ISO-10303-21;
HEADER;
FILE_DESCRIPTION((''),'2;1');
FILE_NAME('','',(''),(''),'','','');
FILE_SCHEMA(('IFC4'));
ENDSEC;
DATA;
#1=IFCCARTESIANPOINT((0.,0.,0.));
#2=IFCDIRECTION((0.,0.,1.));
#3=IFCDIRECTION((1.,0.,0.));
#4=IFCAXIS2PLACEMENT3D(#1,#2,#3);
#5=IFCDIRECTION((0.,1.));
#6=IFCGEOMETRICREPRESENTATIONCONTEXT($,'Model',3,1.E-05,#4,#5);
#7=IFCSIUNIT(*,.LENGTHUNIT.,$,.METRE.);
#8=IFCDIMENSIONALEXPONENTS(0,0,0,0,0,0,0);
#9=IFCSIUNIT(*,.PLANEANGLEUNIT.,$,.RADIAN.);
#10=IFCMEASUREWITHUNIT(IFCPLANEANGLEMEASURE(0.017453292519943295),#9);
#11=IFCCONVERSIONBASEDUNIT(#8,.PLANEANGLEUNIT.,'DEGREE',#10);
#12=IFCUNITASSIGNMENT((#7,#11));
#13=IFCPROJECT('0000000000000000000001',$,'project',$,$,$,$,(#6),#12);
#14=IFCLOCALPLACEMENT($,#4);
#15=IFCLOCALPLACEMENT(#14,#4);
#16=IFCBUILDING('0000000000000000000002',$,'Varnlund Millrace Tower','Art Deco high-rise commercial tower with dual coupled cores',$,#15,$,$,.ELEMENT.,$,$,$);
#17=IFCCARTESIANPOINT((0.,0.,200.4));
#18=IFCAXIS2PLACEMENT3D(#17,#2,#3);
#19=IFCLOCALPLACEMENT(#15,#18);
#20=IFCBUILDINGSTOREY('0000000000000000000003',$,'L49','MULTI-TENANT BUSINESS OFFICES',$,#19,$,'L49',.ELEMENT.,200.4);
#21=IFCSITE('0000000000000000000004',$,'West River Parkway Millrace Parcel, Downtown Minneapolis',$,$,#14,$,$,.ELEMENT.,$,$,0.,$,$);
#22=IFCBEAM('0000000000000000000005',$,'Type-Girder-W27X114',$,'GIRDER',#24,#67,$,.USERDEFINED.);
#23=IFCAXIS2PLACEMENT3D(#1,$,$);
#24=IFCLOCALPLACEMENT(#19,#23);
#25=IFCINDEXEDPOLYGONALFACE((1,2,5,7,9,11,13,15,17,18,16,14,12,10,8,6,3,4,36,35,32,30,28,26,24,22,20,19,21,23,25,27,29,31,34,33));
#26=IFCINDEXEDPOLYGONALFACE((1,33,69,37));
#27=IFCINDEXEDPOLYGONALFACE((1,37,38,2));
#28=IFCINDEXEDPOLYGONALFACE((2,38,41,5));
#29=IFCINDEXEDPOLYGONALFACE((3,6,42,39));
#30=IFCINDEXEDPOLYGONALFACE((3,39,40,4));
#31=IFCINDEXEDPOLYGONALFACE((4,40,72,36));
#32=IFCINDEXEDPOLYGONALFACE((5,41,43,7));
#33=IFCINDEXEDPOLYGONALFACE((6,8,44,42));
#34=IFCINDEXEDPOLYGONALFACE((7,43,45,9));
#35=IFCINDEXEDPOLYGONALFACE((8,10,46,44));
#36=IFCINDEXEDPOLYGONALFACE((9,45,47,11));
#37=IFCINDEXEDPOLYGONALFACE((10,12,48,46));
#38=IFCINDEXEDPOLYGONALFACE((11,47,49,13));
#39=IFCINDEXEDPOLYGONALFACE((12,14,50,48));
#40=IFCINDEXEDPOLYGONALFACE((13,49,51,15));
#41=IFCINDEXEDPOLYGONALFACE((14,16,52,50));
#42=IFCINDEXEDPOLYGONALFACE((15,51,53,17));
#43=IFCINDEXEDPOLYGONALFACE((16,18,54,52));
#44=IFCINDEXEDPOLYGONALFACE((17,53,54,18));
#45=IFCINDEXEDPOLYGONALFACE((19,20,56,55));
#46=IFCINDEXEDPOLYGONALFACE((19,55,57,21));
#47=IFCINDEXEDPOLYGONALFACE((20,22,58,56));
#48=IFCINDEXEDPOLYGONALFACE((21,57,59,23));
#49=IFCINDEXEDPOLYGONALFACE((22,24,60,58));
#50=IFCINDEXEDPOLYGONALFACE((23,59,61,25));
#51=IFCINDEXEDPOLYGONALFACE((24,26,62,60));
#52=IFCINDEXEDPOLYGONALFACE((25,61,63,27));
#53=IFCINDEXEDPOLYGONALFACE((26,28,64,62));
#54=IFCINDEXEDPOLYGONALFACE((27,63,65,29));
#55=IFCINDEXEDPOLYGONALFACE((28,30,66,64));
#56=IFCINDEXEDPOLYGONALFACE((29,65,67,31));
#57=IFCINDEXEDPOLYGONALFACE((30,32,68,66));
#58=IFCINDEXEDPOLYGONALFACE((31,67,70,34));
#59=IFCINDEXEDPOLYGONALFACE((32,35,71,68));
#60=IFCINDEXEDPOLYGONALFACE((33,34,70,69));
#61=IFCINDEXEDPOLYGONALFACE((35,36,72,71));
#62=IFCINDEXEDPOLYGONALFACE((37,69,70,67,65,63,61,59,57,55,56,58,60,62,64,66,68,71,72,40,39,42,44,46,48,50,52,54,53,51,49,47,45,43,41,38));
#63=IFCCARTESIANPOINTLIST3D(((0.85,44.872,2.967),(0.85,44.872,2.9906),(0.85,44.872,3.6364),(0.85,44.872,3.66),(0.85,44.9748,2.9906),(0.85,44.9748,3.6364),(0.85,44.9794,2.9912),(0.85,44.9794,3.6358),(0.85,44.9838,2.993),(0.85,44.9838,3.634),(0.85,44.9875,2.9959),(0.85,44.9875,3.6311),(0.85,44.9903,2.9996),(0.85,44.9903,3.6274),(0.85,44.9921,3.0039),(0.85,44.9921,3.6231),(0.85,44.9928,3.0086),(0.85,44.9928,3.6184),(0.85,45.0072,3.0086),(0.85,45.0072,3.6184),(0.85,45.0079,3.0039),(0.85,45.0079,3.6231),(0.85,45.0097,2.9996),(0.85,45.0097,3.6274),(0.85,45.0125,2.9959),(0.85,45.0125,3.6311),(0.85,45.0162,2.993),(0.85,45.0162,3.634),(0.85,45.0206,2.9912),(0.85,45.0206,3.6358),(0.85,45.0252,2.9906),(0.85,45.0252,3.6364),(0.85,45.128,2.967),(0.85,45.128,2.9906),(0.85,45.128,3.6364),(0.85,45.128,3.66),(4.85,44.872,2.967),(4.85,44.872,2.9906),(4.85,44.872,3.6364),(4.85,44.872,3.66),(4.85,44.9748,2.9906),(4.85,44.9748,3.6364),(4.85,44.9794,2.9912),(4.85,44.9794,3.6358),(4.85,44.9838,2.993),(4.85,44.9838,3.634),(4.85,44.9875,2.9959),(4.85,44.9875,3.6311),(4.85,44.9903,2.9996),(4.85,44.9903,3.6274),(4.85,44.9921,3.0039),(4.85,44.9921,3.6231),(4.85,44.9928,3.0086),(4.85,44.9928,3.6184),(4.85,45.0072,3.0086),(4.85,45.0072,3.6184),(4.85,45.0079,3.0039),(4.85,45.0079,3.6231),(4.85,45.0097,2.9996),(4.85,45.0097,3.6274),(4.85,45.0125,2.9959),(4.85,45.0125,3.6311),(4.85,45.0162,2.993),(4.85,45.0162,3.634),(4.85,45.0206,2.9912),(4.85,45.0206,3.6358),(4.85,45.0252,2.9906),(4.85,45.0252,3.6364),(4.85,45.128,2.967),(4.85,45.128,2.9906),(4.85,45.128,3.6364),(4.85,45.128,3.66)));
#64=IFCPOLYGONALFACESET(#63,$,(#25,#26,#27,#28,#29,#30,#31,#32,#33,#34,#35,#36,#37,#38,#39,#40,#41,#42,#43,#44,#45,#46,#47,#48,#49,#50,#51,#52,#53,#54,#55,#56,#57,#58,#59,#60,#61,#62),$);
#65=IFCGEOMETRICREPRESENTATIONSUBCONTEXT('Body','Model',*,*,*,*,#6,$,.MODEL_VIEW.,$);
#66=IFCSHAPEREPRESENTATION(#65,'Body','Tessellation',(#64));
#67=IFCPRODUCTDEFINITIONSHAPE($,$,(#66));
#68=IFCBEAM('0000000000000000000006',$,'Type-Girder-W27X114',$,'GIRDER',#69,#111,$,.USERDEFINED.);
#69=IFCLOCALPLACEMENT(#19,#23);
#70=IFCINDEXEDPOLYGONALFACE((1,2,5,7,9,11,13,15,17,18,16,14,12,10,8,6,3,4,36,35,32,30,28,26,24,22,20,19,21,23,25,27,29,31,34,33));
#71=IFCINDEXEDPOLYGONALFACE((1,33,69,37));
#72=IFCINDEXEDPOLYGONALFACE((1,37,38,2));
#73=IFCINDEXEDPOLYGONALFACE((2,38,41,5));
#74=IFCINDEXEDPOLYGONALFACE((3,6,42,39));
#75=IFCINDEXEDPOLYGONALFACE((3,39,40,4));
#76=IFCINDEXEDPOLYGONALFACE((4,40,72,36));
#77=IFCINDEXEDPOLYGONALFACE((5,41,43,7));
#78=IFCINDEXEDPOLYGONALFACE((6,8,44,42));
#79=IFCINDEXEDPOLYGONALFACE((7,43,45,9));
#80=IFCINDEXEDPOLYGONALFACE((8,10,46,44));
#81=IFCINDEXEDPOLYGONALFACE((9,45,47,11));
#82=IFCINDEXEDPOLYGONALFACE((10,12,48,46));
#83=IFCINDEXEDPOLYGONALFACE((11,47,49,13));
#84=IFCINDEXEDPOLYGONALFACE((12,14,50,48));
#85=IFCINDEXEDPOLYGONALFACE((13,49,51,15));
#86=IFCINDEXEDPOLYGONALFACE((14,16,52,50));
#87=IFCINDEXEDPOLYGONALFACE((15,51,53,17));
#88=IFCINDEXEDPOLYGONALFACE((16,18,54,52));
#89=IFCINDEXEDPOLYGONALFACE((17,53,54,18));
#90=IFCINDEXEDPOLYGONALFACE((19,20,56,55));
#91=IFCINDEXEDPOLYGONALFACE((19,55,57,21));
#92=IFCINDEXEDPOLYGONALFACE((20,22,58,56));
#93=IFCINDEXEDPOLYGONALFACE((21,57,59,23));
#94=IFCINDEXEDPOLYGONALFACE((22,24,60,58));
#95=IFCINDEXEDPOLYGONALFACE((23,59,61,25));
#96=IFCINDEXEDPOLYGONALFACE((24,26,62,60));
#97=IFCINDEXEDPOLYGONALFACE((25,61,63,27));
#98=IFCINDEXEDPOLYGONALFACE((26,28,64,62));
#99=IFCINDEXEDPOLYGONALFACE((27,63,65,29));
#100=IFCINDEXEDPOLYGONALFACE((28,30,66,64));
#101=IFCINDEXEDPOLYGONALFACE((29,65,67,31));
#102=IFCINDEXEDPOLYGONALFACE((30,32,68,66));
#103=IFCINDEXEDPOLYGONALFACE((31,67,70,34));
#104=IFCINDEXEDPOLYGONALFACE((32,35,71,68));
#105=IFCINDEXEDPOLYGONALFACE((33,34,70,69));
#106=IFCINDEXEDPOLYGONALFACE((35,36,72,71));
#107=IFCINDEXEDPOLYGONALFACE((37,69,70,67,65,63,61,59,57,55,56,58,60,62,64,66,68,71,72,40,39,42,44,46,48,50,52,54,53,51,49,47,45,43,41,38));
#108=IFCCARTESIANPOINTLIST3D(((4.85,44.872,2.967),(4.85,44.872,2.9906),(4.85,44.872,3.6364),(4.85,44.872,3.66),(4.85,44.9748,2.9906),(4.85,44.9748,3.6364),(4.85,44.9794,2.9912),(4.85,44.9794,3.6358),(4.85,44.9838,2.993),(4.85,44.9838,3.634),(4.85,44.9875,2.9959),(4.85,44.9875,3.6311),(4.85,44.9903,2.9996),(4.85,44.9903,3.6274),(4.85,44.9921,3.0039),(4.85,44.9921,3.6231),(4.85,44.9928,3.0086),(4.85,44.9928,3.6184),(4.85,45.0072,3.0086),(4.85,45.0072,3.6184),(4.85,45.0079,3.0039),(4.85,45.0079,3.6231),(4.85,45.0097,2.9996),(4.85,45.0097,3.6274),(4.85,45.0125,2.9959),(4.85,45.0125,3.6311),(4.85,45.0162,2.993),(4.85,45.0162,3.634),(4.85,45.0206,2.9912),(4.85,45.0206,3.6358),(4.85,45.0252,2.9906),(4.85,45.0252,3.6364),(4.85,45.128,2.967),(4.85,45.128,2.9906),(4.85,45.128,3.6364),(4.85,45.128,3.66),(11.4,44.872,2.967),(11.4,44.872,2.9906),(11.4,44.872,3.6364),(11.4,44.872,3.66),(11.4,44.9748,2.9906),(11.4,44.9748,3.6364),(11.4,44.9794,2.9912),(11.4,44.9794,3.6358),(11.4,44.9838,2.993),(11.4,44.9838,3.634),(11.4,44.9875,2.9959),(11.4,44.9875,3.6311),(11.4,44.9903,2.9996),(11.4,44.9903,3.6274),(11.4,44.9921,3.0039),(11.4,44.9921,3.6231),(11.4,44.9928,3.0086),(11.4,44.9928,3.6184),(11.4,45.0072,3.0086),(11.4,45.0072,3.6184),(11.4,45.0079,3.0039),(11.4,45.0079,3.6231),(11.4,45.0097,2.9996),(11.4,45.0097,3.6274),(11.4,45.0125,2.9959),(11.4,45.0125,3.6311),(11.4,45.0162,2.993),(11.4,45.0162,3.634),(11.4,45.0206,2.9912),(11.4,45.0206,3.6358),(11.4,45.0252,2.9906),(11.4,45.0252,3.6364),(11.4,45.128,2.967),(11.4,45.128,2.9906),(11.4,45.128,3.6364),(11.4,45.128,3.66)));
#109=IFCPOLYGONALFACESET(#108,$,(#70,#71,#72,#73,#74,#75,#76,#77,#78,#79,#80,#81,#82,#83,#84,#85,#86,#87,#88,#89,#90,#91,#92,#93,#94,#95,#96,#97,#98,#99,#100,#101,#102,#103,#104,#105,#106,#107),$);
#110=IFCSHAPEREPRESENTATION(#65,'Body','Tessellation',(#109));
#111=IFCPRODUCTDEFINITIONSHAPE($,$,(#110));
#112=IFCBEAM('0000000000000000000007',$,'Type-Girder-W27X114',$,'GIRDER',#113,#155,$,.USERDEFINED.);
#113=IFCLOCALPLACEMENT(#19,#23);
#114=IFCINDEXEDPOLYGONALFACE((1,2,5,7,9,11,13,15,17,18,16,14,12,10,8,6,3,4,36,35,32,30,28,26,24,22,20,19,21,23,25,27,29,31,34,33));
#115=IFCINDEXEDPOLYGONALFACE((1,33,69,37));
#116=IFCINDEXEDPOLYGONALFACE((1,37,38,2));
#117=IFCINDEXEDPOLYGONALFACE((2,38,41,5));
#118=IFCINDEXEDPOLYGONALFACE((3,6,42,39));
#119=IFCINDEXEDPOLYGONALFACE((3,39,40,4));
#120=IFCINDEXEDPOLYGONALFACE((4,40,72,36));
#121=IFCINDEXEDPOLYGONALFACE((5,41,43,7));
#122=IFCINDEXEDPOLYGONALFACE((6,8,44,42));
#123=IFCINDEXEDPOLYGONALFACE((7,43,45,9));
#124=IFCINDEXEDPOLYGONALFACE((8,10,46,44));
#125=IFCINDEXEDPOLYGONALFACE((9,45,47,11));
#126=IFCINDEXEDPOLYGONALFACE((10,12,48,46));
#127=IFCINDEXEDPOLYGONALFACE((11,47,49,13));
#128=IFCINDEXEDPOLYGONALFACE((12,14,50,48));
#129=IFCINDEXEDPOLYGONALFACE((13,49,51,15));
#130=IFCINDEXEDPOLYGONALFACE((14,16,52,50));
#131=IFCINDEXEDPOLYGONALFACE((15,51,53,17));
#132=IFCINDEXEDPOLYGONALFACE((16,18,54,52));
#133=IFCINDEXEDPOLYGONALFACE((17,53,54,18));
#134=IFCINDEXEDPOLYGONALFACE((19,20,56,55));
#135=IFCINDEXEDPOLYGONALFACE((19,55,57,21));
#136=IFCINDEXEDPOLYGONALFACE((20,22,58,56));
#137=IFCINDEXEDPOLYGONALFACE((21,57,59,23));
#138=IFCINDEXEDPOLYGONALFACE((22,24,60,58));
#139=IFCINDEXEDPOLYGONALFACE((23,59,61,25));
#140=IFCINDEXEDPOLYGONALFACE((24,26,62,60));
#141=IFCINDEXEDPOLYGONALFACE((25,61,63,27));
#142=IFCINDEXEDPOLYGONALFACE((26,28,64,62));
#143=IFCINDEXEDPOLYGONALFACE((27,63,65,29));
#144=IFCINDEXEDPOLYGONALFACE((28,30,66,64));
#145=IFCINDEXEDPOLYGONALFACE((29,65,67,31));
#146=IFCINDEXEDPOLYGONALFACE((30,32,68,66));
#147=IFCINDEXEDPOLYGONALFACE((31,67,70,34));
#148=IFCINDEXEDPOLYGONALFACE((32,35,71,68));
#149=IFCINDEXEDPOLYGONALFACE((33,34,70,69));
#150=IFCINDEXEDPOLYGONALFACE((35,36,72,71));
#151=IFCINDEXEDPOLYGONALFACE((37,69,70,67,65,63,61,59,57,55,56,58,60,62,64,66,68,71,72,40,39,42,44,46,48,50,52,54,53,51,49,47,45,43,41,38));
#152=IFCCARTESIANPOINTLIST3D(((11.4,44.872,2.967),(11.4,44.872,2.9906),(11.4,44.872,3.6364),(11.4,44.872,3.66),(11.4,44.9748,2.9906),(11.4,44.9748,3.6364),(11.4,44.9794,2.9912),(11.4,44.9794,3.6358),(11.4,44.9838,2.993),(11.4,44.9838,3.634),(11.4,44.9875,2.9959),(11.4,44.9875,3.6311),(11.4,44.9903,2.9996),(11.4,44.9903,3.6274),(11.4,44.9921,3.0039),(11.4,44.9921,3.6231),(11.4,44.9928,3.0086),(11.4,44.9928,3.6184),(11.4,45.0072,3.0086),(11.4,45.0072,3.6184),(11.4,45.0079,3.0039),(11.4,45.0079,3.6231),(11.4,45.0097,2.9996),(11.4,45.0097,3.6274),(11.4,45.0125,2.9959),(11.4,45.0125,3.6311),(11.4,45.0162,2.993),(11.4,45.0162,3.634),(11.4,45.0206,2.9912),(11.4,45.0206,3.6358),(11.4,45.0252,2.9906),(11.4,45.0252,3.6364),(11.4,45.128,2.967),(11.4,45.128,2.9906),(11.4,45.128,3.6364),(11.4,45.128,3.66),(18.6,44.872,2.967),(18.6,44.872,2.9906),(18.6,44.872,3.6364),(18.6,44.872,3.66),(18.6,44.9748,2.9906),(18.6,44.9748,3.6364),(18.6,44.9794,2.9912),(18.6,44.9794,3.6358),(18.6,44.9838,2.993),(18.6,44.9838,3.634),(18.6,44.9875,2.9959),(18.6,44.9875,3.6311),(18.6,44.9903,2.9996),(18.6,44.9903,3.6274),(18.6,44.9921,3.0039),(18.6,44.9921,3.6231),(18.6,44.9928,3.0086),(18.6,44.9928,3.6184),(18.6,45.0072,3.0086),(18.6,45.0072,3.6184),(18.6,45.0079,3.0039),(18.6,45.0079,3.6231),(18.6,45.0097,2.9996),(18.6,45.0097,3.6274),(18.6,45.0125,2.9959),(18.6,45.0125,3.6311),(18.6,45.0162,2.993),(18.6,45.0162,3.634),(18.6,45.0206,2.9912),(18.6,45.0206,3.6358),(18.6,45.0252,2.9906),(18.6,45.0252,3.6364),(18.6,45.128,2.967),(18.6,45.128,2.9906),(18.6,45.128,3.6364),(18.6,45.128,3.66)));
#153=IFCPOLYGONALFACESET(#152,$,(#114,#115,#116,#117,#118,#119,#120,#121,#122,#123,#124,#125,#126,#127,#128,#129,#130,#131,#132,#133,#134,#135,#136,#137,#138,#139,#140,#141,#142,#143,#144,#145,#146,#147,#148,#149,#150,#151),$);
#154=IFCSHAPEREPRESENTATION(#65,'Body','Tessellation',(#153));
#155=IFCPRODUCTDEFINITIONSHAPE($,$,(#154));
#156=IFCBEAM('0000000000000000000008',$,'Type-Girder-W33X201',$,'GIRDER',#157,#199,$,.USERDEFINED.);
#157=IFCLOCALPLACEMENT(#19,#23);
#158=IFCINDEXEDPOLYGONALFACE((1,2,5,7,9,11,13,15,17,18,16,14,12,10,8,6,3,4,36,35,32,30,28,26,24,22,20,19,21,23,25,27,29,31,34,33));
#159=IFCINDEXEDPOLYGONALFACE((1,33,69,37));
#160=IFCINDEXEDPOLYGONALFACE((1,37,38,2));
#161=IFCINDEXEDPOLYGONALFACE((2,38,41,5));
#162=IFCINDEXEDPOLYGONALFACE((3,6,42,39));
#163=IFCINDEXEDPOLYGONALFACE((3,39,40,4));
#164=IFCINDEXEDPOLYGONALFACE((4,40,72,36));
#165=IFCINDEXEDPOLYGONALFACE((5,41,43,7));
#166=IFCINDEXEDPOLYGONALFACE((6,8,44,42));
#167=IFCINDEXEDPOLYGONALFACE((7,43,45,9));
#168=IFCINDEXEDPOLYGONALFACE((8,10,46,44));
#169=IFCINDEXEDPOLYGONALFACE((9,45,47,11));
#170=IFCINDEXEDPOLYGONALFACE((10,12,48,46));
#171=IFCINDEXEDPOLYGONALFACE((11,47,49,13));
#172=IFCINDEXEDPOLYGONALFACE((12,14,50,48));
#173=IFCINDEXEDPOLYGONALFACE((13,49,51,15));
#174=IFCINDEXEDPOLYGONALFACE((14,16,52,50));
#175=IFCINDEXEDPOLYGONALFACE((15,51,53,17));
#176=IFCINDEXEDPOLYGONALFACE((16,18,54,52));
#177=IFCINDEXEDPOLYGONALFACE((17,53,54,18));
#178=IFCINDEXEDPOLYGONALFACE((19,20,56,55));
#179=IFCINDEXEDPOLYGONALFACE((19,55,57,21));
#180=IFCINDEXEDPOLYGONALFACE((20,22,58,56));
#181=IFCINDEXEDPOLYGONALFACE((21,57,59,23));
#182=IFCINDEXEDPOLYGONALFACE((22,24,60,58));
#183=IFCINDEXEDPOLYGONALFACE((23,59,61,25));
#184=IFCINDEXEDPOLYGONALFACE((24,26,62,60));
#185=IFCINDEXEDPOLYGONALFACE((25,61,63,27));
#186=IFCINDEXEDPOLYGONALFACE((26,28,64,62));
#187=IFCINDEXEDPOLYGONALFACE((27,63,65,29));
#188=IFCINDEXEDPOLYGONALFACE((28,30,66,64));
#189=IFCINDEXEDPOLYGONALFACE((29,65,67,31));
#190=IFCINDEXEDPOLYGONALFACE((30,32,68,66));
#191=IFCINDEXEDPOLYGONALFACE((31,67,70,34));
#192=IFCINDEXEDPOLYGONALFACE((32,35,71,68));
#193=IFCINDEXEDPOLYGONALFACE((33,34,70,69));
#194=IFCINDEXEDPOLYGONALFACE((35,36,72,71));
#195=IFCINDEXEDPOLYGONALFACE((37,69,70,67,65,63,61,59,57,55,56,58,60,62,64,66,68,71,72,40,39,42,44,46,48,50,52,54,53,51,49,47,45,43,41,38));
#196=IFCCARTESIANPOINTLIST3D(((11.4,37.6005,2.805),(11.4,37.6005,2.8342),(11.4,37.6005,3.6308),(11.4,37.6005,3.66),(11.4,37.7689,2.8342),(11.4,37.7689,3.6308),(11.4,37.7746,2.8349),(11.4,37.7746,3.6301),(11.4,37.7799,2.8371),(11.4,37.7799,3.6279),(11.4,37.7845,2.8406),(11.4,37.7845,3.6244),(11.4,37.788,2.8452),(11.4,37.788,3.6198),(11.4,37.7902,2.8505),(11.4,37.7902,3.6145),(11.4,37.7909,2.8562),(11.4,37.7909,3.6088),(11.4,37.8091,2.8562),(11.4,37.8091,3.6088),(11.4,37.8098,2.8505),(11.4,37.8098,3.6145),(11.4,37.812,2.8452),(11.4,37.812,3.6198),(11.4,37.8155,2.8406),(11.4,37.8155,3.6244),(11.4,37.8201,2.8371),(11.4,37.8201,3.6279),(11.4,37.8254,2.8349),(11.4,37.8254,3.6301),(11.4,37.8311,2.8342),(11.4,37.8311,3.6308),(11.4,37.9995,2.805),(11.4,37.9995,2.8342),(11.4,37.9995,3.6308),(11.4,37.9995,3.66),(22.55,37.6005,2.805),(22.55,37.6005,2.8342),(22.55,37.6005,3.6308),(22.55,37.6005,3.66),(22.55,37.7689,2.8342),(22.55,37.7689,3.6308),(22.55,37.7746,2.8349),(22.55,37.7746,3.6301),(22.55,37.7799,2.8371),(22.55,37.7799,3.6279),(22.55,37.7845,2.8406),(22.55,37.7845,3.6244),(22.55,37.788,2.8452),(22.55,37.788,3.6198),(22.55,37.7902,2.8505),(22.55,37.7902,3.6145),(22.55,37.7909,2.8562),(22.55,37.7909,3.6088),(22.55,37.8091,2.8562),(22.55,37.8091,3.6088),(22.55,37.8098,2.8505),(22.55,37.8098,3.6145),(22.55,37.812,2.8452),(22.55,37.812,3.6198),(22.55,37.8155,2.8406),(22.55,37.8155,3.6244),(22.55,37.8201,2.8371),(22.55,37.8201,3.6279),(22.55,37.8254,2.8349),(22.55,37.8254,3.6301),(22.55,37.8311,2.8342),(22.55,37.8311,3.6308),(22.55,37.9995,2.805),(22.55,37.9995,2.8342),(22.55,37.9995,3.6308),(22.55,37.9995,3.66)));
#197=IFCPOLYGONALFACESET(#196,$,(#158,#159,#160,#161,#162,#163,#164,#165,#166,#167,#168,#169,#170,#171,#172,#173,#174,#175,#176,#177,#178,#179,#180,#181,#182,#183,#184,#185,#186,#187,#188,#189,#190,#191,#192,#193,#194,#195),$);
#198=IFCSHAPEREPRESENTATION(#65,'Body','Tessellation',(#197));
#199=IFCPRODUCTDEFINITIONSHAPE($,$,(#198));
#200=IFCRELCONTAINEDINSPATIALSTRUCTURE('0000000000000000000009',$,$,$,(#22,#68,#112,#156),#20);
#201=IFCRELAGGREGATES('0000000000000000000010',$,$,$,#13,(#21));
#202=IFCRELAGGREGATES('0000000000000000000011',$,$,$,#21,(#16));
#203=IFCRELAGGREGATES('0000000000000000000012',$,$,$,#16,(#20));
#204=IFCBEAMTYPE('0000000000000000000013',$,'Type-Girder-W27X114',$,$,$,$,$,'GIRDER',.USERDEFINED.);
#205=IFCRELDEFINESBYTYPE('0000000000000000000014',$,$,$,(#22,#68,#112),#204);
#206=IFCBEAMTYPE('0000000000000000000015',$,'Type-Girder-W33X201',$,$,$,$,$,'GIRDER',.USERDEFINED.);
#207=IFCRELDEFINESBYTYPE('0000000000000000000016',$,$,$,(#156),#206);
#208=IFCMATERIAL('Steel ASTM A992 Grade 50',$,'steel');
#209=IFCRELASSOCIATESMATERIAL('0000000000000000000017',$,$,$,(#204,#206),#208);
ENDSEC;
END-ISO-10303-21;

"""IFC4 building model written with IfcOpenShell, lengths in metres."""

from ifc_helpers import new_model, entity, si_unit, converted_unit, direction, frame, origin_with_axes, origin_2d_with_axis, place, context, subcontext, project, spatial, i_section, extrude, material, material_profile, profile_set, type_object, element, save


model = new_model("IFC4")

# Units and contexts
model_context = context("Model", 3, precision=1e-05, world=origin_with_axes(), true_north=direction((0.0, 1.0)))
body_context = subcontext(model_context, "Body", "Model", "MODEL_VIEW")
ifc_project = project(units=[si_unit("LENGTHUNIT", "METRE"), converted_unit("PLANEANGLEUNIT", "DEGREE", entity("IfcPlaneAngleMeasure", 0.017453292519943295), si_unit("PLANEANGLEUNIT", "RADIAN"), dimensions=[0, 0, 0, 0, 0, 0, 0])], contexts=[model_context])

# Site, building, storey
site_placement = place(None, origin_with_axes())
site = spatial("IfcSite", under=ifc_project, at=site_placement, Name="West River Parkway Millrace Parcel, Downtown Minneapolis", CompositionType="ELEMENT", RefElevation=0.0)
building_placement = place(site_placement, origin_with_axes())
building = spatial("IfcBuilding", under=site, at=building_placement, Name="Varnlund Millrace Tower", Description="Art Deco high-rise commercial tower with dual coupled cores", CompositionType="ELEMENT")
storey_placement = place(building_placement, frame((0.0, 0.0, 200.4), z_axis=(0.0, 0.0, 1.0), x_axis=(1.0, 0.0, 0.0)))
storey = spatial("IfcBuildingStorey", under=building, at=storey_placement, Name="L49", Description="MULTI-TENANT BUSINESS OFFICES", LongName="L49", CompositionType="ELEMENT", Elevation=200.4)

# Beams
ifc_material_1 = material(Name="Steel ASTM A992 Grade 50", Category="steel")
ifc_material_profile_1 = material_profile(ifc_material_1, i_section(OverallWidth=0.256, OverallDepth=0.693, WebThickness=0.0145, FlangeThickness=0.0236, FilletRadius=0.018, at=origin_2d_with_axis()), Name="Steel ASTM A992 Grade 50")
ifc_profile_set_1 = profile_set([ifc_material_profile_1], Name="Steel ASTM A992 Grade 50")
beam_type_1 = type_object("IfcBeamType", Name="Type-Girder-W27X114", ElementType="GIRDER", PredefinedType="USERDEFINED", material=ifc_profile_set_1)
beam_1_placement = place(storey_placement, frame((0.85, 45.0, 3.3135), z_axis=(1.0, 0.0, 0.0), x_axis=(0.0, 1.0, 0.0)))
element("IfcBeam", 1, at=beam_1_placement, inside=storey, type_object=beam_type_1, Name="Type-Girder-W27X114", ObjectType="GIRDER", PredefinedType="USERDEFINED", context=body_context, shape_type="SweptSolid", body=[
    extrude(i_section(OverallWidth=0.256, OverallDepth=0.693, WebThickness=0.0145, FlangeThickness=0.0236, FilletRadius=0.018, at=origin_2d_with_axis()), origin_with_axes(), (0.0, 0.0, 1.0), 4.0),
])
beam_2_placement = place(storey_placement, frame((4.85, 45.0, 3.3135), z_axis=(1.0, 0.0, 0.0), x_axis=(0.0, 1.0, 0.0)))
element("IfcBeam", 2, at=beam_2_placement, inside=storey, type_object=beam_type_1, Name="Type-Girder-W27X114", ObjectType="GIRDER", PredefinedType="USERDEFINED", context=body_context, shape_type="SweptSolid", body=[
    extrude(i_section(OverallWidth=0.256, OverallDepth=0.693, WebThickness=0.0145, FlangeThickness=0.0236, FilletRadius=0.018, at=origin_2d_with_axis()), origin_with_axes(), (0.0, 0.0, 1.0), 6.55),
])
beam_3_placement = place(storey_placement, frame((11.4, 45.0, 3.3135), z_axis=(1.0, 0.0, 0.0), x_axis=(0.0, 1.0, 0.0)))
element("IfcBeam", 3, at=beam_3_placement, inside=storey, type_object=beam_type_1, Name="Type-Girder-W27X114", ObjectType="GIRDER", PredefinedType="USERDEFINED", context=body_context, shape_type="SweptSolid", body=[
    extrude(i_section(OverallWidth=0.256, OverallDepth=0.693, WebThickness=0.0145, FlangeThickness=0.0236, FilletRadius=0.018, at=origin_2d_with_axis()), origin_with_axes(), (0.0, 0.0, 1.0), 7.2),
])
ifc_material_profile_2 = material_profile(ifc_material_1, i_section(OverallWidth=0.399, OverallDepth=0.855, WebThickness=0.0182, FlangeThickness=0.0292, FilletRadius=0.022, at=origin_2d_with_axis()), Name="Steel ASTM A992 Grade 50")
ifc_profile_set_2 = profile_set([ifc_material_profile_2], Name="Steel ASTM A992 Grade 50")
beam_type_2 = type_object("IfcBeamType", Name="Type-Girder-W33X201", ElementType="GIRDER", PredefinedType="USERDEFINED", material=ifc_profile_set_2)
beam_4_placement = place(storey_placement, frame((11.4, 37.8, 3.2325), z_axis=(1.0, 0.0, 0.0), x_axis=(0.0, 1.0, 0.0)))
element("IfcBeam", 4, at=beam_4_placement, inside=storey, type_object=beam_type_2, Name="Type-Girder-W33X201", ObjectType="GIRDER", PredefinedType="USERDEFINED", context=body_context, shape_type="SweptSolid", body=[
    extrude(i_section(OverallWidth=0.399, OverallDepth=0.855, WebThickness=0.0182, FlangeThickness=0.0292, FilletRadius=0.022, at=origin_2d_with_axis()), origin_with_axes(), (0.0, 0.0, 1.0), 11.15),
])

save(model, "model.ifc")
